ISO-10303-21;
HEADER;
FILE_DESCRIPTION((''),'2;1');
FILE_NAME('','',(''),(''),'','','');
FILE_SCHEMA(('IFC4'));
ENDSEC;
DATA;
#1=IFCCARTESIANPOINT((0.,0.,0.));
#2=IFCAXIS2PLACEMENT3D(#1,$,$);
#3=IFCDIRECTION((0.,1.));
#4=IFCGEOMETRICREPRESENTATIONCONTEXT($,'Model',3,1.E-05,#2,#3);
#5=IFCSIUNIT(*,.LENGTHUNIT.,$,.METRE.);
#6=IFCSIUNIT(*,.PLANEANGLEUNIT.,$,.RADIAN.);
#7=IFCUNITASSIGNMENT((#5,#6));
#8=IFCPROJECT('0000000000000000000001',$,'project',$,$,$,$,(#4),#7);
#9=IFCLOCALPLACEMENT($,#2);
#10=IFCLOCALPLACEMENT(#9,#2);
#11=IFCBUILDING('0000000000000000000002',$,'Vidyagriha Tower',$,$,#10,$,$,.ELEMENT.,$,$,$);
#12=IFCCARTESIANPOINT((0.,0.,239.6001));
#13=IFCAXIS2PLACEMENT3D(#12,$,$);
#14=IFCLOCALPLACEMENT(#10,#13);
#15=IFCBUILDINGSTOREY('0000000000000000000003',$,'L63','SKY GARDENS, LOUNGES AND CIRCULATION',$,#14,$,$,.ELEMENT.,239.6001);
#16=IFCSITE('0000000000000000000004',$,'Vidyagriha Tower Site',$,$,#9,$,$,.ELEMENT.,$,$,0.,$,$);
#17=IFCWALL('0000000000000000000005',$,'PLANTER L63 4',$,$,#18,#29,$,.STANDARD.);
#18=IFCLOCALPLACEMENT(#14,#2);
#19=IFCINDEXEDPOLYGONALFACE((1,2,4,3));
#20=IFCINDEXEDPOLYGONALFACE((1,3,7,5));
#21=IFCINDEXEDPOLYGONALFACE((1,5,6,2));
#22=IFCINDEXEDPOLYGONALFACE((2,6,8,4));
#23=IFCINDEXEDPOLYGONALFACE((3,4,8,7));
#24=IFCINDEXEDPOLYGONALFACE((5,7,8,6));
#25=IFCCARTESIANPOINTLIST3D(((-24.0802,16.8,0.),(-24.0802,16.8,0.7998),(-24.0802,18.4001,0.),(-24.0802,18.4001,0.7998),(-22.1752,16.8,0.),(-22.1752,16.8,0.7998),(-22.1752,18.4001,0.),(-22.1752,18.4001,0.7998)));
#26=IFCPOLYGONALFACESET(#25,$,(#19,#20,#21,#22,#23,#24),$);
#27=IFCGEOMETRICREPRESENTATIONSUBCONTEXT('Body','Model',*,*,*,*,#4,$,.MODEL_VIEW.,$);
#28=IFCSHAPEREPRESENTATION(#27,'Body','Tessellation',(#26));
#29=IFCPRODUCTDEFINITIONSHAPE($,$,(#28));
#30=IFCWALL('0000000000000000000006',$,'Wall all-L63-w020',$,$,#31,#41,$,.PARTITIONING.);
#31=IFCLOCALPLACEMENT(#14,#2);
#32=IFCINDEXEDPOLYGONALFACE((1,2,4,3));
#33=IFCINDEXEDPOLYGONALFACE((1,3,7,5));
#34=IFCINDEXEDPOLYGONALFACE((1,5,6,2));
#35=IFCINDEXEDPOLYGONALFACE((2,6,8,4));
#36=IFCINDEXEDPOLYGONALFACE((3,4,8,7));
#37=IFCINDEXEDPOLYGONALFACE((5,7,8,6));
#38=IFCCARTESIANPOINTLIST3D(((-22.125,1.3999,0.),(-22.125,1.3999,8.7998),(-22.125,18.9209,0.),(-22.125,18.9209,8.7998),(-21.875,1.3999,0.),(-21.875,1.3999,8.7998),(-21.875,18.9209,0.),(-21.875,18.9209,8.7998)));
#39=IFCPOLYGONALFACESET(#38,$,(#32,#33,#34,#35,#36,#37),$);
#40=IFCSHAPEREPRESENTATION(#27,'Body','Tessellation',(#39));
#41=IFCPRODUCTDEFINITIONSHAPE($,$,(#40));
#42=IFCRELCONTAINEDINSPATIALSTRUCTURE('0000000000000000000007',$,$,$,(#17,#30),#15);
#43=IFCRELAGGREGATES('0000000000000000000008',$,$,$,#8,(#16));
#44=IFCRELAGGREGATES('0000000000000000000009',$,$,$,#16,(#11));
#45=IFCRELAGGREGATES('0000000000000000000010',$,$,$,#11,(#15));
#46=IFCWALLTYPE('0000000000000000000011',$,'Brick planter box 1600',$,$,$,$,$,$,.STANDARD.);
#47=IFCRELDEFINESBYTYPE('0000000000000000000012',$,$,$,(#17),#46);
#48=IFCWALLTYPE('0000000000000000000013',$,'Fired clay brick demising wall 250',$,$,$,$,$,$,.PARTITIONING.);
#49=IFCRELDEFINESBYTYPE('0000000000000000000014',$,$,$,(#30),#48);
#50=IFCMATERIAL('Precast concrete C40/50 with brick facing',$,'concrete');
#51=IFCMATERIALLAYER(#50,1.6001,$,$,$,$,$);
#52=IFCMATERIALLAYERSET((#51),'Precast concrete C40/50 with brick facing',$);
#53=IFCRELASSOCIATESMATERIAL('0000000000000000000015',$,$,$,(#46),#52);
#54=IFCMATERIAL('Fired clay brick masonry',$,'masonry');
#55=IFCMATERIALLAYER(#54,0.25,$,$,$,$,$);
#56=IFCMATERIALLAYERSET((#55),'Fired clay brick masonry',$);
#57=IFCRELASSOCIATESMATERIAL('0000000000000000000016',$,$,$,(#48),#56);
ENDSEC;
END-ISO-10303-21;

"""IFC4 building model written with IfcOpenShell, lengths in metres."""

from ifc_helpers import new_model, si_unit, direction, frame, frame_2d, origin, place, context, subcontext, project, spatial, rectangle, extrude, material, layer, layer_set, type_object, element, save


model = new_model("IFC4")

# Units and contexts
model_context = context("Model", 3, precision=1e-05, world=origin(), true_north=direction((0.0, 1.0)))
body_context = subcontext(model_context, "Body", "Model", "MODEL_VIEW")
ifc_project = project(units=[si_unit("LENGTHUNIT", "METRE"), si_unit("PLANEANGLEUNIT", "RADIAN")], contexts=[model_context])

# Site, building, storey
site_placement = place(None, origin())
site = spatial("IfcSite", under=ifc_project, at=site_placement, Name="Vidyagriha Tower Site", CompositionType="ELEMENT", RefElevation=0.0)
building_placement = place(site_placement, origin())
building = spatial("IfcBuilding", under=site, at=building_placement, Name="Vidyagriha Tower", CompositionType="ELEMENT")
storey_placement = place(building_placement, frame((0.0, 0.0, 239.6001)))
storey = spatial("IfcBuildingStorey", under=building, at=storey_placement, Name="L63", Description="SKY GARDENS, LOUNGES AND CIRCULATION", CompositionType="ELEMENT", Elevation=239.6001)

# Walls
ifc_material_1 = material(Name="Precast concrete C40/50 with brick facing", Category="concrete")
ifc_layer_1 = layer(ifc_material_1, 1.6001)
ifc_layer_set_1 = layer_set([ifc_layer_1], Name="Precast concrete C40/50 with brick facing")
wall_type_1 = type_object("IfcWallType", Name="Brick planter box 1600", PredefinedType="STANDARD", material=ifc_layer_set_1)
wall_1_placement = place(storey_placement, frame((-22.175, 17.6001, 0.0), z_axis=(0.0, 0.0, 1.0), x_axis=(-1.0, 0.0, 0.0)))
element("IfcWall", 1, at=wall_1_placement, inside=storey, type_object=wall_type_1, Name="PLANTER L63 4", PredefinedType="STANDARD", context=body_context, shape_type="SweptSolid", body=[
    extrude(rectangle(XDim=1.905, YDim=1.6001, at=frame_2d((0.9526, 0.0))), origin(), (0.0, 0.0, 1.0), 0.7998),
])
ifc_material_2 = material(Name="Fired clay brick masonry", Category="masonry")
ifc_layer_2 = layer(ifc_material_2, 0.25)
ifc_layer_set_2 = layer_set([ifc_layer_2], Name="Fired clay brick masonry")
wall_type_2 = type_object("IfcWallType", Name="Fired clay brick demising wall 250", PredefinedType="PARTITIONING", material=ifc_layer_set_2)
wall_2_placement = place(storey_placement, frame((-22.0, 18.9209, 0.0), z_axis=(0.0, 0.0, 1.0), x_axis=(0.0, -1.0, 0.0)))
element("IfcWall", 2, at=wall_2_placement, inside=storey, type_object=wall_type_2, Name="Wall all-L63-w020", PredefinedType="PARTITIONING", context=body_context, shape_type="SweptSolid", body=[
    extrude(rectangle(XDim=17.521, YDim=0.25, at=frame_2d((8.7605, 0.0))), origin(), (0.0, 0.0, 1.0), 8.7998),
])

save(model, "model.ifc")
